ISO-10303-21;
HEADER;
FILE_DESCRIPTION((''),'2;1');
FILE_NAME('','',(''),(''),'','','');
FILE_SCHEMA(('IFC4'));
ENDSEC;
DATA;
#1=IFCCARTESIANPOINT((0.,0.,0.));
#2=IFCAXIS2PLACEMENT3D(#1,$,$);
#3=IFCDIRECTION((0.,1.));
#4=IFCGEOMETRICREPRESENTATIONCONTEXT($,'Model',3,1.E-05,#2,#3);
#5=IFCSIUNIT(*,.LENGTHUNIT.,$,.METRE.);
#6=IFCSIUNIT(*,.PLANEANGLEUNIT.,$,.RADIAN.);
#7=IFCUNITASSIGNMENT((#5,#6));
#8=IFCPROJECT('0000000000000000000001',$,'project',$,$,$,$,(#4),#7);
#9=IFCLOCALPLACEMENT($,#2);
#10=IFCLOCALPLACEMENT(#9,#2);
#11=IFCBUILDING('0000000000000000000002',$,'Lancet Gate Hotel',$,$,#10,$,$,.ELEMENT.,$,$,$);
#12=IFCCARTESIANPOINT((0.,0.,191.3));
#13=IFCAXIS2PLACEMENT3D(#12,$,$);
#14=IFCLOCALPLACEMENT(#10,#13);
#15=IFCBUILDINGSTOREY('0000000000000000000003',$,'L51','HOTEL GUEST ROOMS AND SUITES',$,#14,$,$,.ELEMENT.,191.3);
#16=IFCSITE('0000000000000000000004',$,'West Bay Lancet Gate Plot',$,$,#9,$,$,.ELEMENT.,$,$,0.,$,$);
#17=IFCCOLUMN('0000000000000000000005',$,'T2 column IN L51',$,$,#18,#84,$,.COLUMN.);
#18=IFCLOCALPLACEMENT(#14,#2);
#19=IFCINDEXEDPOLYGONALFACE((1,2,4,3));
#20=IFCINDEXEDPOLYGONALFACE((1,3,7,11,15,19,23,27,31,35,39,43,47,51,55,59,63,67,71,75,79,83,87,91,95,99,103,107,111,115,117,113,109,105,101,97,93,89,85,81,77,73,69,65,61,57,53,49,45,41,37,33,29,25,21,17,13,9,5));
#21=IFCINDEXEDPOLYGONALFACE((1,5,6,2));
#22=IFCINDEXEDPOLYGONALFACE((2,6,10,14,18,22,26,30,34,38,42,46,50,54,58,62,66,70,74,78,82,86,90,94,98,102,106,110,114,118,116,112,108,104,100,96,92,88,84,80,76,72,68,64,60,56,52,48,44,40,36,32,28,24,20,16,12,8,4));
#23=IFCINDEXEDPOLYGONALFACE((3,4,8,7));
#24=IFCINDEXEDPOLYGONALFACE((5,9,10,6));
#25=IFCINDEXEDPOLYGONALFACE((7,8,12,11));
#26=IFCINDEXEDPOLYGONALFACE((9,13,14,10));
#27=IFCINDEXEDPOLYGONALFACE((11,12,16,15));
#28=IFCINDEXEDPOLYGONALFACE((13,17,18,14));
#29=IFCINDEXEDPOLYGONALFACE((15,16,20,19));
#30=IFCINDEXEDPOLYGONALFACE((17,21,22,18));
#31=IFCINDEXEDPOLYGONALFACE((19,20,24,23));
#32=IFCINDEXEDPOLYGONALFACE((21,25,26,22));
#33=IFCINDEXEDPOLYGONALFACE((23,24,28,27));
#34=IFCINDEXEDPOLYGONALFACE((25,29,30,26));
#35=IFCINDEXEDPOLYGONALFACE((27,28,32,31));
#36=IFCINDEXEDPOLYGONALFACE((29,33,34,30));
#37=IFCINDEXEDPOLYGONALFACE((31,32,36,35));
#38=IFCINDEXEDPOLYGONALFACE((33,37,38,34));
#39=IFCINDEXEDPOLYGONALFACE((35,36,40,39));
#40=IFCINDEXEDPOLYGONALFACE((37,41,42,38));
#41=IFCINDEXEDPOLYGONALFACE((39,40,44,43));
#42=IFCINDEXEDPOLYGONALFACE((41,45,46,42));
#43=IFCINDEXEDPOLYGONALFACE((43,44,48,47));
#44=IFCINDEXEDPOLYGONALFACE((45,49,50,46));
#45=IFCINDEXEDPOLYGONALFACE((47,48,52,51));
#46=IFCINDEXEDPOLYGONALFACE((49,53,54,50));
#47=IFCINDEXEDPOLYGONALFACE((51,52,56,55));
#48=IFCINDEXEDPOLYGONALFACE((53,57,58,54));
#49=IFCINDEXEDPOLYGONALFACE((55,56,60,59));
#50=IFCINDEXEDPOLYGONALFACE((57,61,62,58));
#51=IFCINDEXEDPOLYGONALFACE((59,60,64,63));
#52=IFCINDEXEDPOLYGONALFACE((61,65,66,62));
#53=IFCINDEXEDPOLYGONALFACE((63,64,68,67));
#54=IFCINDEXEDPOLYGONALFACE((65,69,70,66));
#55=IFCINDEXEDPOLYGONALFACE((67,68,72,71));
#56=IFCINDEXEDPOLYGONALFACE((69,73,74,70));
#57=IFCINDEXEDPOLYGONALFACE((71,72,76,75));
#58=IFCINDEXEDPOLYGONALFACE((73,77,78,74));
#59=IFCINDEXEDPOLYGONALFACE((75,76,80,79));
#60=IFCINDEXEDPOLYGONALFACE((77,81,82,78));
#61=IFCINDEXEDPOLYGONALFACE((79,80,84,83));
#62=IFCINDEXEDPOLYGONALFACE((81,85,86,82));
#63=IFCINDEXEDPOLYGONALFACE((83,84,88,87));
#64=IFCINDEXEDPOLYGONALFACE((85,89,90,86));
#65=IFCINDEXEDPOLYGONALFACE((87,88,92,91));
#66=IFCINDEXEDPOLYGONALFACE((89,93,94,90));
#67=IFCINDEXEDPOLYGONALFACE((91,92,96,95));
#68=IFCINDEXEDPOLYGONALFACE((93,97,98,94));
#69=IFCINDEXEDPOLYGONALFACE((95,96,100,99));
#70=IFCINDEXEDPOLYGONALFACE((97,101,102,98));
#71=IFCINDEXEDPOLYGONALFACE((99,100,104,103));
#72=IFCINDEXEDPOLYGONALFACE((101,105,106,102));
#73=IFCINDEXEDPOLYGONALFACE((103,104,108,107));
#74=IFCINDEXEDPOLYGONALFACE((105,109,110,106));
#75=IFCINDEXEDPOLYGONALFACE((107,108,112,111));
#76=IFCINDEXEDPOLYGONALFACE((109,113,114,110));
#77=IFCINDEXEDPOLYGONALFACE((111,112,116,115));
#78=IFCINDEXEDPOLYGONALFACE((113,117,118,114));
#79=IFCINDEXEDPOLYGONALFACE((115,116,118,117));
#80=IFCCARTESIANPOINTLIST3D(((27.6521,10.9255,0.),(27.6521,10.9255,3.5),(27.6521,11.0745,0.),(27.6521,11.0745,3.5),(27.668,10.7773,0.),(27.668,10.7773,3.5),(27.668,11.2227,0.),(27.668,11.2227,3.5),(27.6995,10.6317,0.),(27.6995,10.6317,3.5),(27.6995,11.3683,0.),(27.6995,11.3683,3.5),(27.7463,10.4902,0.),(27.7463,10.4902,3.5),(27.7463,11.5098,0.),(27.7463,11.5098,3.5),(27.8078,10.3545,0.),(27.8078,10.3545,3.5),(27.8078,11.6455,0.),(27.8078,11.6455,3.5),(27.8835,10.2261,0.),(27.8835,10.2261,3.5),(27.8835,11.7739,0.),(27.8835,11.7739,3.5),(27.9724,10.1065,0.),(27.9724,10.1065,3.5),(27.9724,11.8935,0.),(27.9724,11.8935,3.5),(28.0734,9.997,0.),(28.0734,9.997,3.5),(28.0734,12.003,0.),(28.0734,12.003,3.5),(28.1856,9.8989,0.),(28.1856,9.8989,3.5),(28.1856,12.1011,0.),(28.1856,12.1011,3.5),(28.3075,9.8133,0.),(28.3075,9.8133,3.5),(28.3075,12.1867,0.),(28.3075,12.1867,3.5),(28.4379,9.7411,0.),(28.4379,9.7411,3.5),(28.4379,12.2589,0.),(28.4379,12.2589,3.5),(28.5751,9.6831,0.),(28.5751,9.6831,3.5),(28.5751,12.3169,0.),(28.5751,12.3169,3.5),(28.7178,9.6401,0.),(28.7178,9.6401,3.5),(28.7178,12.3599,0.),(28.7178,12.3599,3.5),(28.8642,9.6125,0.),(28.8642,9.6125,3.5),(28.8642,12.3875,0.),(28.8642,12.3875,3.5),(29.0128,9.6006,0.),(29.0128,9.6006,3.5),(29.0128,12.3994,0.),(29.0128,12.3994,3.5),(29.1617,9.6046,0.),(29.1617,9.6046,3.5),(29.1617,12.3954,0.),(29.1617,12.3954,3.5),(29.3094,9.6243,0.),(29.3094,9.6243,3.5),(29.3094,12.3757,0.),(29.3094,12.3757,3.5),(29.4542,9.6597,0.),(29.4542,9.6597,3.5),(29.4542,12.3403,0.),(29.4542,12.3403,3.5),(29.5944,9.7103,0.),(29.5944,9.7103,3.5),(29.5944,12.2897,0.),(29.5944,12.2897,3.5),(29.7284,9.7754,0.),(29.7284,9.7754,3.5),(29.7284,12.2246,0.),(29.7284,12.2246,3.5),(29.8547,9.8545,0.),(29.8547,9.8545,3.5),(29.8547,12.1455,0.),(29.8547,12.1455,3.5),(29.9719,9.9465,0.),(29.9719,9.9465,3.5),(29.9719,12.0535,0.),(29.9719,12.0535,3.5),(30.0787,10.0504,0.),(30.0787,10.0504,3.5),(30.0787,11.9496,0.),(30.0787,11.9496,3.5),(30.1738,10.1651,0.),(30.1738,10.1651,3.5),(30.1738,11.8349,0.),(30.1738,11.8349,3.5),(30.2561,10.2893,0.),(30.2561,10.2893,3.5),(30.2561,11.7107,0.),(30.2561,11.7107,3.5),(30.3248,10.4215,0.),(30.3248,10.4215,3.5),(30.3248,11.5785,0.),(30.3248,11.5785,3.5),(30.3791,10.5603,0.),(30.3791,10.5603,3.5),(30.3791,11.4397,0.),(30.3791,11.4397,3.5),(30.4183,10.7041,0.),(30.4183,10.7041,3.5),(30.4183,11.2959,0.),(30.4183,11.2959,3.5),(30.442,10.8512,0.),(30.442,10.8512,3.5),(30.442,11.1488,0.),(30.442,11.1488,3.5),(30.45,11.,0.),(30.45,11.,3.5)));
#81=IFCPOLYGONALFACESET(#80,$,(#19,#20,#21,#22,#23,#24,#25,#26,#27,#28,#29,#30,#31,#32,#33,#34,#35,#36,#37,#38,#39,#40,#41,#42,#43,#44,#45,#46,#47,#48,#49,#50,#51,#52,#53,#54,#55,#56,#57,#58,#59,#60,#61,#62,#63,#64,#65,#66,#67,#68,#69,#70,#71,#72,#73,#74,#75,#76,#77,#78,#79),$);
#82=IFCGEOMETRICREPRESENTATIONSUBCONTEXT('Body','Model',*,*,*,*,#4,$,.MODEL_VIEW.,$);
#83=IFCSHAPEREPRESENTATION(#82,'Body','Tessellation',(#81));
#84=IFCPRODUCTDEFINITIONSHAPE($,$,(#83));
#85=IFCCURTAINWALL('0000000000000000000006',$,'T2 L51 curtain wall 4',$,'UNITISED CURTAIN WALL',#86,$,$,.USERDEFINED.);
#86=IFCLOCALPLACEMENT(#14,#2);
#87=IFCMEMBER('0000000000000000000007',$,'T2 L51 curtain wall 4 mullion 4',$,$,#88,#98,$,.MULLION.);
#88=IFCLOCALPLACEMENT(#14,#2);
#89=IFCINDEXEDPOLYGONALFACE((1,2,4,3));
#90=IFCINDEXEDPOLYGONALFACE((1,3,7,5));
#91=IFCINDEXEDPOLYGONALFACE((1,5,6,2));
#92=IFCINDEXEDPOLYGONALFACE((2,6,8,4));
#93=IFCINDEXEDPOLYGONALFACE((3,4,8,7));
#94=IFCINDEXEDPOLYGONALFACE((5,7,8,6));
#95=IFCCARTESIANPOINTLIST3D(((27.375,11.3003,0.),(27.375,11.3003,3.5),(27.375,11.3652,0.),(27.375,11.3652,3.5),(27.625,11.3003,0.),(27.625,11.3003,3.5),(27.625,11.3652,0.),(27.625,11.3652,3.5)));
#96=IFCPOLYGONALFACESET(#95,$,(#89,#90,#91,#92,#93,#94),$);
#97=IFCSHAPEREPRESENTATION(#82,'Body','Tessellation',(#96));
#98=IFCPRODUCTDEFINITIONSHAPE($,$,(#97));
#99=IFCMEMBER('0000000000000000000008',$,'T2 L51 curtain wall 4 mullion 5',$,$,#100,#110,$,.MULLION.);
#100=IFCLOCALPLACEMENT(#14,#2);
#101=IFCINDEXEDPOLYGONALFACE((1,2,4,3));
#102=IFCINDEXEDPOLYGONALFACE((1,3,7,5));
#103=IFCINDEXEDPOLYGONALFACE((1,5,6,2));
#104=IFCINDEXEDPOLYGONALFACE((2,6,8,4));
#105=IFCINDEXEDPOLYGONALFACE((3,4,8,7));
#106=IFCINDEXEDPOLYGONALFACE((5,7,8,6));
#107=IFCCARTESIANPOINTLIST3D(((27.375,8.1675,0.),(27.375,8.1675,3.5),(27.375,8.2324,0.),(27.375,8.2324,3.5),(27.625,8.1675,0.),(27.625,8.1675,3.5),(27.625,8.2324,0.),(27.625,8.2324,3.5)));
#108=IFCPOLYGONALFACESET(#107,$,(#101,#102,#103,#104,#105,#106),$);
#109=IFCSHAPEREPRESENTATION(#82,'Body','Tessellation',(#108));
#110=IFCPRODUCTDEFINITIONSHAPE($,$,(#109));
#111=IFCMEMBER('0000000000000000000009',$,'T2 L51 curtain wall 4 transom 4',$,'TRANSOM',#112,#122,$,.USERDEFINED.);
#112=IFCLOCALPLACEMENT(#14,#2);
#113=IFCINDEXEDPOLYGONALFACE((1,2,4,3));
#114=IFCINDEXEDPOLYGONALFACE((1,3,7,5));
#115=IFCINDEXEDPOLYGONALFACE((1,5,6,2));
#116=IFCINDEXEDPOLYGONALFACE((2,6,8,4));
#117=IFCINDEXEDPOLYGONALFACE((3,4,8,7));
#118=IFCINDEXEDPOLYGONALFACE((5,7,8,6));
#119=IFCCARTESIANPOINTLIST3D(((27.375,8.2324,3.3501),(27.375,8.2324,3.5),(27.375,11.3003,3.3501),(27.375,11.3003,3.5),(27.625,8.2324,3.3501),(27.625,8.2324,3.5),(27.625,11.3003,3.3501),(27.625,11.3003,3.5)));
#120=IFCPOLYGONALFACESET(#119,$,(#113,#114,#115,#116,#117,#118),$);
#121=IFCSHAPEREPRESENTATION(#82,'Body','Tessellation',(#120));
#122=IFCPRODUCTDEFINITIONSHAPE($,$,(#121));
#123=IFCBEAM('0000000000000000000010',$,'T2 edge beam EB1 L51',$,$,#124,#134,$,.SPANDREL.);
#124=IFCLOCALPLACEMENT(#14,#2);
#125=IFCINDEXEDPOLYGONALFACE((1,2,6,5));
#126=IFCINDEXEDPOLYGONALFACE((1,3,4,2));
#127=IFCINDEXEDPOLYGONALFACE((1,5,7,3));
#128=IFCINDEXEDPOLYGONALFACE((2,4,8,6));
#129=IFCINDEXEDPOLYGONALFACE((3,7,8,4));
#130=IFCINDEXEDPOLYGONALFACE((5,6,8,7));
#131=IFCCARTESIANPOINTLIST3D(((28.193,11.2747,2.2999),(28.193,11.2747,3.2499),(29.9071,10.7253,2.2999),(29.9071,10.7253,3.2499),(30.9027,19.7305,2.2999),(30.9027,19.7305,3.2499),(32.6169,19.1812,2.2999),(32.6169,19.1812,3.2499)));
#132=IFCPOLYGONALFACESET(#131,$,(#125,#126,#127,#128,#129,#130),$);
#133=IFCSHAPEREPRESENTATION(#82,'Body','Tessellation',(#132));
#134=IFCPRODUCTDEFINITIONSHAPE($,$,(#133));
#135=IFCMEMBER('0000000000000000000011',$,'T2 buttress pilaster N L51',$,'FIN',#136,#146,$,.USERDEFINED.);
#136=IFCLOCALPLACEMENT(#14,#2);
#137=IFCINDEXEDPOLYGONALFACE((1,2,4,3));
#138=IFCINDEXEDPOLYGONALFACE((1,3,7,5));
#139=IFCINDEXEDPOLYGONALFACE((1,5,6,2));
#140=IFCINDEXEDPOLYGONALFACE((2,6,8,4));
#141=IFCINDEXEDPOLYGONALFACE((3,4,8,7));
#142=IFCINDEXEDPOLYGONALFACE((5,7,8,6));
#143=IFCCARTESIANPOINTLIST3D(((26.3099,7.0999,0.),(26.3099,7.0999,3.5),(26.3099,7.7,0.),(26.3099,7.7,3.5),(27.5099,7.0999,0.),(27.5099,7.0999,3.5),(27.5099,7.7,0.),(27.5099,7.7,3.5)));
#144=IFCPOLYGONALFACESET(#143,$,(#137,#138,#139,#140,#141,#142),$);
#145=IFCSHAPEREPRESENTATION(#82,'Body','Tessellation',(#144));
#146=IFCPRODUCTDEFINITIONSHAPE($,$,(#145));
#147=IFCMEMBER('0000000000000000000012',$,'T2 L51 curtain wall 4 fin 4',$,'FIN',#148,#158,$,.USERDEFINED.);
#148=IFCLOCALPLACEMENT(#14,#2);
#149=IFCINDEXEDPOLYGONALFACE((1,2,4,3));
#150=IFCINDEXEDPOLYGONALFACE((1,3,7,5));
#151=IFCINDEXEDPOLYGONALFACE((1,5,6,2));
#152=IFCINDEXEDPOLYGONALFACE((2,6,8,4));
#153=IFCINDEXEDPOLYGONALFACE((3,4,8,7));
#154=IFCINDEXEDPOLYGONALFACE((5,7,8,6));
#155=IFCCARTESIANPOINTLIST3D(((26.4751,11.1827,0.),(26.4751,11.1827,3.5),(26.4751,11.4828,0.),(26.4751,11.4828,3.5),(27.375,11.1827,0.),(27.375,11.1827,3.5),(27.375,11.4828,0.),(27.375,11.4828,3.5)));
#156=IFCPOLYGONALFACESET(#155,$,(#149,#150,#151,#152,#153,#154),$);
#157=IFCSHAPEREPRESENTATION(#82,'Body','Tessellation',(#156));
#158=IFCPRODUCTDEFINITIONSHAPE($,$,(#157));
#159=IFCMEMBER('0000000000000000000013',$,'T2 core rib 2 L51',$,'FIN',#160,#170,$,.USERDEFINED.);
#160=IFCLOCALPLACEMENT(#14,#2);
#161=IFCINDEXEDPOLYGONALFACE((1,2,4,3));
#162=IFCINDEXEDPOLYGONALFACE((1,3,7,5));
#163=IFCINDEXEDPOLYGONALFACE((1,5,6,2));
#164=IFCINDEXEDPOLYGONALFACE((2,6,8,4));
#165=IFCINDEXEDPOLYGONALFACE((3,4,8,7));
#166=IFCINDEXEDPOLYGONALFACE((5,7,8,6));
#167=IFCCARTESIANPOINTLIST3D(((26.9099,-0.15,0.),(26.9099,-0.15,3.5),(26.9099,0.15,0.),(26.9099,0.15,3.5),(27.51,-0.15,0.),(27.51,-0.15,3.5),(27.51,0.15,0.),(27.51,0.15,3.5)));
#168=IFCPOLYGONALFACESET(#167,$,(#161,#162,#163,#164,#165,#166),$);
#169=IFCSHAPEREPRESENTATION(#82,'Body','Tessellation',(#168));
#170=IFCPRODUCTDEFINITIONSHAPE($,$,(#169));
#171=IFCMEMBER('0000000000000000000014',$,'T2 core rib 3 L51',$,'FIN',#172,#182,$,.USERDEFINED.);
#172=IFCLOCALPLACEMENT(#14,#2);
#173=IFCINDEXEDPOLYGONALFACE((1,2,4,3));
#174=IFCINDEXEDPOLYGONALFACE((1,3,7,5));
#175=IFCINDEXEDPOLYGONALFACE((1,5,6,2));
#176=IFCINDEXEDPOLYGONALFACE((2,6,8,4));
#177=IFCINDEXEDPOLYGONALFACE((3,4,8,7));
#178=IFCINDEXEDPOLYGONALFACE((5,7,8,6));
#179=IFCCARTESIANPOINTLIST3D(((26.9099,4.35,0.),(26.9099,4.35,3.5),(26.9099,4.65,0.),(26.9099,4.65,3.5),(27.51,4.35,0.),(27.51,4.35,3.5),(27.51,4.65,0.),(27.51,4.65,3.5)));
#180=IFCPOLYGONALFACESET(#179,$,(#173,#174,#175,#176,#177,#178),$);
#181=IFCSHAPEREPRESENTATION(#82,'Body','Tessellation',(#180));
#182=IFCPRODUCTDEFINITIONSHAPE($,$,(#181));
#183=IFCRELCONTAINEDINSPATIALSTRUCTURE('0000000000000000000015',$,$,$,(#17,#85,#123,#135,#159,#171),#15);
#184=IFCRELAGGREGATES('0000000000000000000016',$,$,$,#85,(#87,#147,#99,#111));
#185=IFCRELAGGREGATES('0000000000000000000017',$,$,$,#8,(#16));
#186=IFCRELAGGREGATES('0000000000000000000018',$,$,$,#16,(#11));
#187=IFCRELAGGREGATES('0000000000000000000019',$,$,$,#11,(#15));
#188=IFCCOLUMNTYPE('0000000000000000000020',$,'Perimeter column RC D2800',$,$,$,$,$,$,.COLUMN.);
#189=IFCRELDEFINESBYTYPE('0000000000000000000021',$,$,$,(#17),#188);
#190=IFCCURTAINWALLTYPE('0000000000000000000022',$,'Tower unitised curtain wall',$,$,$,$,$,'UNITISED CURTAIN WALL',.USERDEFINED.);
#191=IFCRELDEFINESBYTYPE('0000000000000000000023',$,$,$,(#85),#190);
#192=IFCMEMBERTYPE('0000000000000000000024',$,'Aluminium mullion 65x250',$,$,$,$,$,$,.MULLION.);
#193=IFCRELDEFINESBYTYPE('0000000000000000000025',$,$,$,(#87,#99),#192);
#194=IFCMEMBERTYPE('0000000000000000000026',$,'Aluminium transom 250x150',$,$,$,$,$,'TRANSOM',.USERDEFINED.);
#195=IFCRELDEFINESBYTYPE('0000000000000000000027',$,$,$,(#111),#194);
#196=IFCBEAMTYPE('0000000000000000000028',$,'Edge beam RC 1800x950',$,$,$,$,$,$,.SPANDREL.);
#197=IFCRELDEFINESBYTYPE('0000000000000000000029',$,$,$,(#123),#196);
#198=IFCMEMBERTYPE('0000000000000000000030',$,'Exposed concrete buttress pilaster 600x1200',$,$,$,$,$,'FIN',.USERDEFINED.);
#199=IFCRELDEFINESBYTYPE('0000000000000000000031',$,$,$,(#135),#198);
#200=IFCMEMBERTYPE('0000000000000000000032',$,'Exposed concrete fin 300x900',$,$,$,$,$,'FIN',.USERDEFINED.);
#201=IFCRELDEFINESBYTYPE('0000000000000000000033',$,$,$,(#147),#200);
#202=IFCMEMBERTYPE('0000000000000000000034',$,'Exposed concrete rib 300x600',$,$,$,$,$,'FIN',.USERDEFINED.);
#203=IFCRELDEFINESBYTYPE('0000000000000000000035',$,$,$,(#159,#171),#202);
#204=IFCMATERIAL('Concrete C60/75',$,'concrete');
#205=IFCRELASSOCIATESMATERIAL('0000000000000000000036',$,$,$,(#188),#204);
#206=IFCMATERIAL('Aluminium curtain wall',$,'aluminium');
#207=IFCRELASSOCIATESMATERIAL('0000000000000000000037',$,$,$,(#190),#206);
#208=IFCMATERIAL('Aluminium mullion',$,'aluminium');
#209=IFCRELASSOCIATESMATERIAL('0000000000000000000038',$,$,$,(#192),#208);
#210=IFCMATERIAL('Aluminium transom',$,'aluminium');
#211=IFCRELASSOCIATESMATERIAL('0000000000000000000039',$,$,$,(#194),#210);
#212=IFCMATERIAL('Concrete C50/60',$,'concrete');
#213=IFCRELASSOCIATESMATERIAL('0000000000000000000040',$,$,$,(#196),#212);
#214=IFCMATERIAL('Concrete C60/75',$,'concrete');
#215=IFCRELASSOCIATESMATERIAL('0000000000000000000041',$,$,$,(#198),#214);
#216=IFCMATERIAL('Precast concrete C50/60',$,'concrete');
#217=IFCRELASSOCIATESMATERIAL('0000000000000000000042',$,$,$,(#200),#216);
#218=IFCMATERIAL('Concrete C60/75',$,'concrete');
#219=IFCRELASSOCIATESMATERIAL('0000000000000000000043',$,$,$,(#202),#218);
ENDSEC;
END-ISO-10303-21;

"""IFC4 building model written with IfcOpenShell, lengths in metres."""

from ifc_helpers import new_model, si_unit, direction, frame, origin, origin_2d, place, context, subcontext, project, spatial, rectangle, circle, extrude, material, material_profile, profile_set, type_object, element, aggregate, save


model = new_model("IFC4")

# Units and contexts
model_context = context("Model", 3, precision=1e-05, world=origin(), true_north=direction((0.0, 1.0)))
body_context = subcontext(model_context, "Body", "Model", "MODEL_VIEW")
ifc_project = project(units=[si_unit("LENGTHUNIT", "METRE"), si_unit("PLANEANGLEUNIT", "RADIAN")], contexts=[model_context])

# Site, building, storey
site_placement = place(None, origin())
site = spatial("IfcSite", under=ifc_project, at=site_placement, Name="West Bay Lancet Gate Plot", CompositionType="ELEMENT", RefElevation=0.0)
building_placement = place(site_placement, origin())
building = spatial("IfcBuilding", under=site, at=building_placement, Name="Lancet Gate Hotel", CompositionType="ELEMENT")
storey_placement = place(building_placement, frame((0.0, 0.0, 191.3)))
storey = spatial("IfcBuildingStorey", under=building, at=storey_placement, Name="L51", Description="HOTEL GUEST ROOMS AND SUITES", CompositionType="ELEMENT", Elevation=191.3)

# Column
ifc_material_1 = material(Name="Concrete C60/75", Category="concrete")
ifc_material_profile_1 = material_profile(ifc_material_1, circle(Radius=1.3999, at=origin_2d()), Name="RC D2800")
ifc_profile_set_1 = profile_set([ifc_material_profile_1], Name="Concrete C60/75")
column_type = type_object("IfcColumnType", Name="Perimeter column RC D2800", PredefinedType="COLUMN", material=ifc_profile_set_1)
column_placement = place(storey_placement, frame((29.05, 11.0, 0.0), z_axis=(0.0, 0.0, 1.0), x_axis=(1.0, 0.0, 0.0)))
element("IfcColumn", 1, at=column_placement, inside=storey, type_object=column_type, Name="T2 column IN L51", PredefinedType="COLUMN", context=body_context, shape_type="SweptSolid", body=[
    extrude(circle(Radius=1.3999, at=origin_2d()), origin(), (0.0, 0.0, 1.0), 3.5),
])

# Curtain wall, members
ifc_material_2 = material(Name="Aluminium curtain wall", Category="aluminium")
curtain_wall_type = type_object("IfcCurtainWallType", Name="Tower unitised curtain wall", ElementType="UNITISED CURTAIN WALL", PredefinedType="USERDEFINED", material=ifc_material_2)
curtain_wall_placement = place(storey_placement, origin())
curtain_wall = element("IfcCurtainWall", 2, at=curtain_wall_placement, inside=storey, type_object=curtain_wall_type, Name="T2 L51 curtain wall 4", ObjectType="UNITISED CURTAIN WALL", PredefinedType="USERDEFINED")
ifc_material_3 = material(Name="Aluminium mullion", Category="aluminium")
ifc_material_profile_2 = material_profile(ifc_material_3, rectangle(XDim=0.0649, YDim=0.25, at=origin_2d()), Name="MULLION 65x250")
ifc_profile_set_2 = profile_set([ifc_material_profile_2], Name="Aluminium mullion")
member_type_1 = type_object("IfcMemberType", Name="Aluminium mullion 65x250", PredefinedType="MULLION", material=ifc_profile_set_2)
member_1_placement = place(storey_placement, frame((27.5, 11.3328, 0.0), z_axis=(0.0, 0.0, 1.0), x_axis=(0.0, -1.0, 0.0)))
member_1 = element("IfcMember", 3, at=member_1_placement, type_object=member_type_1, Name="T2 L51 curtain wall 4 mullion 4", PredefinedType="MULLION", context=body_context, shape_type="SweptSolid", body=[
    extrude(rectangle(XDim=0.0649, YDim=0.25, at=origin_2d()), origin(), (0.0, 0.0, 1.0), 3.5),
])
member_2_placement = place(storey_placement, frame((27.5, 8.2, 0.0), z_axis=(0.0, 0.0, 1.0), x_axis=(0.0, -1.0, 0.0)))
member_2 = element("IfcMember", 4, at=member_2_placement, type_object=member_type_1, Name="T2 L51 curtain wall 4 mullion 5", PredefinedType="MULLION", context=body_context, shape_type="SweptSolid", body=[
    extrude(rectangle(XDim=0.0649, YDim=0.25, at=origin_2d()), origin(), (0.0, 0.0, 1.0), 3.5),
])
ifc_material_4 = material(Name="Aluminium transom", Category="aluminium")
ifc_material_profile_3 = material_profile(ifc_material_4, rectangle(XDim=0.25, YDim=0.1499, at=origin_2d()), Name="TRANSOM 250x150")
ifc_profile_set_3 = profile_set([ifc_material_profile_3], Name="Aluminium transom")
member_type_2 = type_object("IfcMemberType", Name="Aluminium transom 250x150", ElementType="TRANSOM", PredefinedType="USERDEFINED", material=ifc_profile_set_3)
member_3_placement = place(storey_placement, frame((27.5, 11.3003, 3.425), z_axis=(0.0, -1.0, 0.0), x_axis=(1.0, 0.0, 0.0)))
member_3 = element("IfcMember", 5, at=member_3_placement, type_object=member_type_2, Name="T2 L51 curtain wall 4 transom 4", ObjectType="TRANSOM", PredefinedType="USERDEFINED", context=body_context, shape_type="SweptSolid", body=[
    extrude(rectangle(XDim=0.25, YDim=0.1499, at=origin_2d()), origin(), (0.0, 0.0, 1.0), 3.0679),
])

# Beam
ifc_material_5 = material(Name="Concrete C50/60", Category="concrete")
ifc_material_profile_4 = material_profile(ifc_material_5, rectangle(XDim=1.8, YDim=0.95, at=origin_2d()), Name="RC 1800x950")
ifc_profile_set_4 = profile_set([ifc_material_profile_4], Name="Concrete C50/60")
beam_type_1 = type_object("IfcBeamType", Name="Edge beam RC 1800x950", PredefinedType="SPANDREL", material=ifc_profile_set_4)
beam_1_placement = place(storey_placement, frame((29.05, 11.0, 2.7749), z_axis=(0.30517, 0.952298, 0.0), x_axis=(-0.952298, 0.30517, 0.0)))
element("IfcBeam", 6, at=beam_1_placement, inside=storey, type_object=beam_type_1, Name="T2 edge beam EB1 L51", PredefinedType="SPANDREL", context=body_context, shape_type="SweptSolid", body=[
    extrude(rectangle(XDim=1.8, YDim=0.95, at=origin_2d()), origin(), (0.0, 0.0, 1.0), 8.8794),
])

# Members
ifc_material_6 = material(Name="Concrete C60/75", Category="concrete")
ifc_material_profile_5 = material_profile(ifc_material_6, rectangle(XDim=0.6001, YDim=1.2, at=origin_2d()), Name="FIN 600x1200")
ifc_profile_set_5 = profile_set([ifc_material_profile_5], Name="Concrete C60/75")
member_type_3 = type_object("IfcMemberType", Name="Exposed concrete buttress pilaster 600x1200", ElementType="FIN", PredefinedType="USERDEFINED", material=ifc_profile_set_5)
member_4_placement = place(storey_placement, frame((26.9099, 7.3999, 0.0), z_axis=(0.0, 0.0, 1.0), x_axis=(0.0, 1.0, 0.0)))
element("IfcMember", 7, at=member_4_placement, inside=storey, type_object=member_type_3, Name="T2 buttress pilaster N L51", ObjectType="FIN", PredefinedType="USERDEFINED", context=body_context, shape_type="SweptSolid", body=[
    extrude(rectangle(XDim=0.6001, YDim=1.2, at=origin_2d()), origin(), (0.0, 0.0, 1.0), 3.5),
])
ifc_material_7 = material(Name="Precast concrete C50/60", Category="concrete")
ifc_material_profile_6 = material_profile(ifc_material_7, rectangle(XDim=0.3, YDim=0.8999, at=origin_2d()), Name="FIN 300x900")
ifc_profile_set_6 = profile_set([ifc_material_profile_6], Name="Precast concrete C50/60")
member_type_4 = type_object("IfcMemberType", Name="Exposed concrete fin 300x900", ElementType="FIN", PredefinedType="USERDEFINED", material=ifc_profile_set_6)
member_5_placement = place(storey_placement, frame((26.925, 11.3328, 0.0), z_axis=(0.0, 0.0, 1.0), x_axis=(0.0, -1.0, 0.0)))
member_5 = element("IfcMember", 8, at=member_5_placement, type_object=member_type_4, Name="T2 L51 curtain wall 4 fin 4", ObjectType="FIN", PredefinedType="USERDEFINED", context=body_context, shape_type="SweptSolid", body=[
    extrude(rectangle(XDim=0.3, YDim=0.8999, at=origin_2d()), origin(), (0.0, 0.0, 1.0), 3.5),
])

# Members
ifc_material_8 = material(Name="Concrete C60/75", Category="concrete")
ifc_material_profile_7 = material_profile(ifc_material_8, rectangle(XDim=0.3, YDim=0.6001, at=origin_2d()), Name="FIN 300x600")
ifc_profile_set_7 = profile_set([ifc_material_profile_7], Name="Concrete C60/75")
member_type_5 = type_object("IfcMemberType", Name="Exposed concrete rib 300x600", ElementType="FIN", PredefinedType="USERDEFINED", material=ifc_profile_set_7)
for number, where, z_axis, x_axis, name in (
    (9, (27.21, 0.0, 0.0), (0.0, 0.0, 1.0), (0.0, 1.0, 0.0), "T2 core rib 2 L51"),
    (10, (27.21, 4.5, 0.0), (0.0, 0.0, 1.0), (0.0, 1.0, 0.0), "T2 core rib 3 L51"),
):
    element("IfcMember", number, at=place(storey_placement, frame(where, z_axis=z_axis, x_axis=x_axis)), inside=storey, type_object=member_type_5, Name=name, ObjectType="FIN", PredefinedType="USERDEFINED", context=body_context, shape_type="SweptSolid", body=[
        extrude(rectangle(XDim=0.3, YDim=0.6001, at=origin_2d()), origin(), (0.0, 0.0, 1.0), 3.5),
    ])

aggregate(curtain_wall, [member_1, member_5, member_2, member_3])

save(model, "model.ifc")
